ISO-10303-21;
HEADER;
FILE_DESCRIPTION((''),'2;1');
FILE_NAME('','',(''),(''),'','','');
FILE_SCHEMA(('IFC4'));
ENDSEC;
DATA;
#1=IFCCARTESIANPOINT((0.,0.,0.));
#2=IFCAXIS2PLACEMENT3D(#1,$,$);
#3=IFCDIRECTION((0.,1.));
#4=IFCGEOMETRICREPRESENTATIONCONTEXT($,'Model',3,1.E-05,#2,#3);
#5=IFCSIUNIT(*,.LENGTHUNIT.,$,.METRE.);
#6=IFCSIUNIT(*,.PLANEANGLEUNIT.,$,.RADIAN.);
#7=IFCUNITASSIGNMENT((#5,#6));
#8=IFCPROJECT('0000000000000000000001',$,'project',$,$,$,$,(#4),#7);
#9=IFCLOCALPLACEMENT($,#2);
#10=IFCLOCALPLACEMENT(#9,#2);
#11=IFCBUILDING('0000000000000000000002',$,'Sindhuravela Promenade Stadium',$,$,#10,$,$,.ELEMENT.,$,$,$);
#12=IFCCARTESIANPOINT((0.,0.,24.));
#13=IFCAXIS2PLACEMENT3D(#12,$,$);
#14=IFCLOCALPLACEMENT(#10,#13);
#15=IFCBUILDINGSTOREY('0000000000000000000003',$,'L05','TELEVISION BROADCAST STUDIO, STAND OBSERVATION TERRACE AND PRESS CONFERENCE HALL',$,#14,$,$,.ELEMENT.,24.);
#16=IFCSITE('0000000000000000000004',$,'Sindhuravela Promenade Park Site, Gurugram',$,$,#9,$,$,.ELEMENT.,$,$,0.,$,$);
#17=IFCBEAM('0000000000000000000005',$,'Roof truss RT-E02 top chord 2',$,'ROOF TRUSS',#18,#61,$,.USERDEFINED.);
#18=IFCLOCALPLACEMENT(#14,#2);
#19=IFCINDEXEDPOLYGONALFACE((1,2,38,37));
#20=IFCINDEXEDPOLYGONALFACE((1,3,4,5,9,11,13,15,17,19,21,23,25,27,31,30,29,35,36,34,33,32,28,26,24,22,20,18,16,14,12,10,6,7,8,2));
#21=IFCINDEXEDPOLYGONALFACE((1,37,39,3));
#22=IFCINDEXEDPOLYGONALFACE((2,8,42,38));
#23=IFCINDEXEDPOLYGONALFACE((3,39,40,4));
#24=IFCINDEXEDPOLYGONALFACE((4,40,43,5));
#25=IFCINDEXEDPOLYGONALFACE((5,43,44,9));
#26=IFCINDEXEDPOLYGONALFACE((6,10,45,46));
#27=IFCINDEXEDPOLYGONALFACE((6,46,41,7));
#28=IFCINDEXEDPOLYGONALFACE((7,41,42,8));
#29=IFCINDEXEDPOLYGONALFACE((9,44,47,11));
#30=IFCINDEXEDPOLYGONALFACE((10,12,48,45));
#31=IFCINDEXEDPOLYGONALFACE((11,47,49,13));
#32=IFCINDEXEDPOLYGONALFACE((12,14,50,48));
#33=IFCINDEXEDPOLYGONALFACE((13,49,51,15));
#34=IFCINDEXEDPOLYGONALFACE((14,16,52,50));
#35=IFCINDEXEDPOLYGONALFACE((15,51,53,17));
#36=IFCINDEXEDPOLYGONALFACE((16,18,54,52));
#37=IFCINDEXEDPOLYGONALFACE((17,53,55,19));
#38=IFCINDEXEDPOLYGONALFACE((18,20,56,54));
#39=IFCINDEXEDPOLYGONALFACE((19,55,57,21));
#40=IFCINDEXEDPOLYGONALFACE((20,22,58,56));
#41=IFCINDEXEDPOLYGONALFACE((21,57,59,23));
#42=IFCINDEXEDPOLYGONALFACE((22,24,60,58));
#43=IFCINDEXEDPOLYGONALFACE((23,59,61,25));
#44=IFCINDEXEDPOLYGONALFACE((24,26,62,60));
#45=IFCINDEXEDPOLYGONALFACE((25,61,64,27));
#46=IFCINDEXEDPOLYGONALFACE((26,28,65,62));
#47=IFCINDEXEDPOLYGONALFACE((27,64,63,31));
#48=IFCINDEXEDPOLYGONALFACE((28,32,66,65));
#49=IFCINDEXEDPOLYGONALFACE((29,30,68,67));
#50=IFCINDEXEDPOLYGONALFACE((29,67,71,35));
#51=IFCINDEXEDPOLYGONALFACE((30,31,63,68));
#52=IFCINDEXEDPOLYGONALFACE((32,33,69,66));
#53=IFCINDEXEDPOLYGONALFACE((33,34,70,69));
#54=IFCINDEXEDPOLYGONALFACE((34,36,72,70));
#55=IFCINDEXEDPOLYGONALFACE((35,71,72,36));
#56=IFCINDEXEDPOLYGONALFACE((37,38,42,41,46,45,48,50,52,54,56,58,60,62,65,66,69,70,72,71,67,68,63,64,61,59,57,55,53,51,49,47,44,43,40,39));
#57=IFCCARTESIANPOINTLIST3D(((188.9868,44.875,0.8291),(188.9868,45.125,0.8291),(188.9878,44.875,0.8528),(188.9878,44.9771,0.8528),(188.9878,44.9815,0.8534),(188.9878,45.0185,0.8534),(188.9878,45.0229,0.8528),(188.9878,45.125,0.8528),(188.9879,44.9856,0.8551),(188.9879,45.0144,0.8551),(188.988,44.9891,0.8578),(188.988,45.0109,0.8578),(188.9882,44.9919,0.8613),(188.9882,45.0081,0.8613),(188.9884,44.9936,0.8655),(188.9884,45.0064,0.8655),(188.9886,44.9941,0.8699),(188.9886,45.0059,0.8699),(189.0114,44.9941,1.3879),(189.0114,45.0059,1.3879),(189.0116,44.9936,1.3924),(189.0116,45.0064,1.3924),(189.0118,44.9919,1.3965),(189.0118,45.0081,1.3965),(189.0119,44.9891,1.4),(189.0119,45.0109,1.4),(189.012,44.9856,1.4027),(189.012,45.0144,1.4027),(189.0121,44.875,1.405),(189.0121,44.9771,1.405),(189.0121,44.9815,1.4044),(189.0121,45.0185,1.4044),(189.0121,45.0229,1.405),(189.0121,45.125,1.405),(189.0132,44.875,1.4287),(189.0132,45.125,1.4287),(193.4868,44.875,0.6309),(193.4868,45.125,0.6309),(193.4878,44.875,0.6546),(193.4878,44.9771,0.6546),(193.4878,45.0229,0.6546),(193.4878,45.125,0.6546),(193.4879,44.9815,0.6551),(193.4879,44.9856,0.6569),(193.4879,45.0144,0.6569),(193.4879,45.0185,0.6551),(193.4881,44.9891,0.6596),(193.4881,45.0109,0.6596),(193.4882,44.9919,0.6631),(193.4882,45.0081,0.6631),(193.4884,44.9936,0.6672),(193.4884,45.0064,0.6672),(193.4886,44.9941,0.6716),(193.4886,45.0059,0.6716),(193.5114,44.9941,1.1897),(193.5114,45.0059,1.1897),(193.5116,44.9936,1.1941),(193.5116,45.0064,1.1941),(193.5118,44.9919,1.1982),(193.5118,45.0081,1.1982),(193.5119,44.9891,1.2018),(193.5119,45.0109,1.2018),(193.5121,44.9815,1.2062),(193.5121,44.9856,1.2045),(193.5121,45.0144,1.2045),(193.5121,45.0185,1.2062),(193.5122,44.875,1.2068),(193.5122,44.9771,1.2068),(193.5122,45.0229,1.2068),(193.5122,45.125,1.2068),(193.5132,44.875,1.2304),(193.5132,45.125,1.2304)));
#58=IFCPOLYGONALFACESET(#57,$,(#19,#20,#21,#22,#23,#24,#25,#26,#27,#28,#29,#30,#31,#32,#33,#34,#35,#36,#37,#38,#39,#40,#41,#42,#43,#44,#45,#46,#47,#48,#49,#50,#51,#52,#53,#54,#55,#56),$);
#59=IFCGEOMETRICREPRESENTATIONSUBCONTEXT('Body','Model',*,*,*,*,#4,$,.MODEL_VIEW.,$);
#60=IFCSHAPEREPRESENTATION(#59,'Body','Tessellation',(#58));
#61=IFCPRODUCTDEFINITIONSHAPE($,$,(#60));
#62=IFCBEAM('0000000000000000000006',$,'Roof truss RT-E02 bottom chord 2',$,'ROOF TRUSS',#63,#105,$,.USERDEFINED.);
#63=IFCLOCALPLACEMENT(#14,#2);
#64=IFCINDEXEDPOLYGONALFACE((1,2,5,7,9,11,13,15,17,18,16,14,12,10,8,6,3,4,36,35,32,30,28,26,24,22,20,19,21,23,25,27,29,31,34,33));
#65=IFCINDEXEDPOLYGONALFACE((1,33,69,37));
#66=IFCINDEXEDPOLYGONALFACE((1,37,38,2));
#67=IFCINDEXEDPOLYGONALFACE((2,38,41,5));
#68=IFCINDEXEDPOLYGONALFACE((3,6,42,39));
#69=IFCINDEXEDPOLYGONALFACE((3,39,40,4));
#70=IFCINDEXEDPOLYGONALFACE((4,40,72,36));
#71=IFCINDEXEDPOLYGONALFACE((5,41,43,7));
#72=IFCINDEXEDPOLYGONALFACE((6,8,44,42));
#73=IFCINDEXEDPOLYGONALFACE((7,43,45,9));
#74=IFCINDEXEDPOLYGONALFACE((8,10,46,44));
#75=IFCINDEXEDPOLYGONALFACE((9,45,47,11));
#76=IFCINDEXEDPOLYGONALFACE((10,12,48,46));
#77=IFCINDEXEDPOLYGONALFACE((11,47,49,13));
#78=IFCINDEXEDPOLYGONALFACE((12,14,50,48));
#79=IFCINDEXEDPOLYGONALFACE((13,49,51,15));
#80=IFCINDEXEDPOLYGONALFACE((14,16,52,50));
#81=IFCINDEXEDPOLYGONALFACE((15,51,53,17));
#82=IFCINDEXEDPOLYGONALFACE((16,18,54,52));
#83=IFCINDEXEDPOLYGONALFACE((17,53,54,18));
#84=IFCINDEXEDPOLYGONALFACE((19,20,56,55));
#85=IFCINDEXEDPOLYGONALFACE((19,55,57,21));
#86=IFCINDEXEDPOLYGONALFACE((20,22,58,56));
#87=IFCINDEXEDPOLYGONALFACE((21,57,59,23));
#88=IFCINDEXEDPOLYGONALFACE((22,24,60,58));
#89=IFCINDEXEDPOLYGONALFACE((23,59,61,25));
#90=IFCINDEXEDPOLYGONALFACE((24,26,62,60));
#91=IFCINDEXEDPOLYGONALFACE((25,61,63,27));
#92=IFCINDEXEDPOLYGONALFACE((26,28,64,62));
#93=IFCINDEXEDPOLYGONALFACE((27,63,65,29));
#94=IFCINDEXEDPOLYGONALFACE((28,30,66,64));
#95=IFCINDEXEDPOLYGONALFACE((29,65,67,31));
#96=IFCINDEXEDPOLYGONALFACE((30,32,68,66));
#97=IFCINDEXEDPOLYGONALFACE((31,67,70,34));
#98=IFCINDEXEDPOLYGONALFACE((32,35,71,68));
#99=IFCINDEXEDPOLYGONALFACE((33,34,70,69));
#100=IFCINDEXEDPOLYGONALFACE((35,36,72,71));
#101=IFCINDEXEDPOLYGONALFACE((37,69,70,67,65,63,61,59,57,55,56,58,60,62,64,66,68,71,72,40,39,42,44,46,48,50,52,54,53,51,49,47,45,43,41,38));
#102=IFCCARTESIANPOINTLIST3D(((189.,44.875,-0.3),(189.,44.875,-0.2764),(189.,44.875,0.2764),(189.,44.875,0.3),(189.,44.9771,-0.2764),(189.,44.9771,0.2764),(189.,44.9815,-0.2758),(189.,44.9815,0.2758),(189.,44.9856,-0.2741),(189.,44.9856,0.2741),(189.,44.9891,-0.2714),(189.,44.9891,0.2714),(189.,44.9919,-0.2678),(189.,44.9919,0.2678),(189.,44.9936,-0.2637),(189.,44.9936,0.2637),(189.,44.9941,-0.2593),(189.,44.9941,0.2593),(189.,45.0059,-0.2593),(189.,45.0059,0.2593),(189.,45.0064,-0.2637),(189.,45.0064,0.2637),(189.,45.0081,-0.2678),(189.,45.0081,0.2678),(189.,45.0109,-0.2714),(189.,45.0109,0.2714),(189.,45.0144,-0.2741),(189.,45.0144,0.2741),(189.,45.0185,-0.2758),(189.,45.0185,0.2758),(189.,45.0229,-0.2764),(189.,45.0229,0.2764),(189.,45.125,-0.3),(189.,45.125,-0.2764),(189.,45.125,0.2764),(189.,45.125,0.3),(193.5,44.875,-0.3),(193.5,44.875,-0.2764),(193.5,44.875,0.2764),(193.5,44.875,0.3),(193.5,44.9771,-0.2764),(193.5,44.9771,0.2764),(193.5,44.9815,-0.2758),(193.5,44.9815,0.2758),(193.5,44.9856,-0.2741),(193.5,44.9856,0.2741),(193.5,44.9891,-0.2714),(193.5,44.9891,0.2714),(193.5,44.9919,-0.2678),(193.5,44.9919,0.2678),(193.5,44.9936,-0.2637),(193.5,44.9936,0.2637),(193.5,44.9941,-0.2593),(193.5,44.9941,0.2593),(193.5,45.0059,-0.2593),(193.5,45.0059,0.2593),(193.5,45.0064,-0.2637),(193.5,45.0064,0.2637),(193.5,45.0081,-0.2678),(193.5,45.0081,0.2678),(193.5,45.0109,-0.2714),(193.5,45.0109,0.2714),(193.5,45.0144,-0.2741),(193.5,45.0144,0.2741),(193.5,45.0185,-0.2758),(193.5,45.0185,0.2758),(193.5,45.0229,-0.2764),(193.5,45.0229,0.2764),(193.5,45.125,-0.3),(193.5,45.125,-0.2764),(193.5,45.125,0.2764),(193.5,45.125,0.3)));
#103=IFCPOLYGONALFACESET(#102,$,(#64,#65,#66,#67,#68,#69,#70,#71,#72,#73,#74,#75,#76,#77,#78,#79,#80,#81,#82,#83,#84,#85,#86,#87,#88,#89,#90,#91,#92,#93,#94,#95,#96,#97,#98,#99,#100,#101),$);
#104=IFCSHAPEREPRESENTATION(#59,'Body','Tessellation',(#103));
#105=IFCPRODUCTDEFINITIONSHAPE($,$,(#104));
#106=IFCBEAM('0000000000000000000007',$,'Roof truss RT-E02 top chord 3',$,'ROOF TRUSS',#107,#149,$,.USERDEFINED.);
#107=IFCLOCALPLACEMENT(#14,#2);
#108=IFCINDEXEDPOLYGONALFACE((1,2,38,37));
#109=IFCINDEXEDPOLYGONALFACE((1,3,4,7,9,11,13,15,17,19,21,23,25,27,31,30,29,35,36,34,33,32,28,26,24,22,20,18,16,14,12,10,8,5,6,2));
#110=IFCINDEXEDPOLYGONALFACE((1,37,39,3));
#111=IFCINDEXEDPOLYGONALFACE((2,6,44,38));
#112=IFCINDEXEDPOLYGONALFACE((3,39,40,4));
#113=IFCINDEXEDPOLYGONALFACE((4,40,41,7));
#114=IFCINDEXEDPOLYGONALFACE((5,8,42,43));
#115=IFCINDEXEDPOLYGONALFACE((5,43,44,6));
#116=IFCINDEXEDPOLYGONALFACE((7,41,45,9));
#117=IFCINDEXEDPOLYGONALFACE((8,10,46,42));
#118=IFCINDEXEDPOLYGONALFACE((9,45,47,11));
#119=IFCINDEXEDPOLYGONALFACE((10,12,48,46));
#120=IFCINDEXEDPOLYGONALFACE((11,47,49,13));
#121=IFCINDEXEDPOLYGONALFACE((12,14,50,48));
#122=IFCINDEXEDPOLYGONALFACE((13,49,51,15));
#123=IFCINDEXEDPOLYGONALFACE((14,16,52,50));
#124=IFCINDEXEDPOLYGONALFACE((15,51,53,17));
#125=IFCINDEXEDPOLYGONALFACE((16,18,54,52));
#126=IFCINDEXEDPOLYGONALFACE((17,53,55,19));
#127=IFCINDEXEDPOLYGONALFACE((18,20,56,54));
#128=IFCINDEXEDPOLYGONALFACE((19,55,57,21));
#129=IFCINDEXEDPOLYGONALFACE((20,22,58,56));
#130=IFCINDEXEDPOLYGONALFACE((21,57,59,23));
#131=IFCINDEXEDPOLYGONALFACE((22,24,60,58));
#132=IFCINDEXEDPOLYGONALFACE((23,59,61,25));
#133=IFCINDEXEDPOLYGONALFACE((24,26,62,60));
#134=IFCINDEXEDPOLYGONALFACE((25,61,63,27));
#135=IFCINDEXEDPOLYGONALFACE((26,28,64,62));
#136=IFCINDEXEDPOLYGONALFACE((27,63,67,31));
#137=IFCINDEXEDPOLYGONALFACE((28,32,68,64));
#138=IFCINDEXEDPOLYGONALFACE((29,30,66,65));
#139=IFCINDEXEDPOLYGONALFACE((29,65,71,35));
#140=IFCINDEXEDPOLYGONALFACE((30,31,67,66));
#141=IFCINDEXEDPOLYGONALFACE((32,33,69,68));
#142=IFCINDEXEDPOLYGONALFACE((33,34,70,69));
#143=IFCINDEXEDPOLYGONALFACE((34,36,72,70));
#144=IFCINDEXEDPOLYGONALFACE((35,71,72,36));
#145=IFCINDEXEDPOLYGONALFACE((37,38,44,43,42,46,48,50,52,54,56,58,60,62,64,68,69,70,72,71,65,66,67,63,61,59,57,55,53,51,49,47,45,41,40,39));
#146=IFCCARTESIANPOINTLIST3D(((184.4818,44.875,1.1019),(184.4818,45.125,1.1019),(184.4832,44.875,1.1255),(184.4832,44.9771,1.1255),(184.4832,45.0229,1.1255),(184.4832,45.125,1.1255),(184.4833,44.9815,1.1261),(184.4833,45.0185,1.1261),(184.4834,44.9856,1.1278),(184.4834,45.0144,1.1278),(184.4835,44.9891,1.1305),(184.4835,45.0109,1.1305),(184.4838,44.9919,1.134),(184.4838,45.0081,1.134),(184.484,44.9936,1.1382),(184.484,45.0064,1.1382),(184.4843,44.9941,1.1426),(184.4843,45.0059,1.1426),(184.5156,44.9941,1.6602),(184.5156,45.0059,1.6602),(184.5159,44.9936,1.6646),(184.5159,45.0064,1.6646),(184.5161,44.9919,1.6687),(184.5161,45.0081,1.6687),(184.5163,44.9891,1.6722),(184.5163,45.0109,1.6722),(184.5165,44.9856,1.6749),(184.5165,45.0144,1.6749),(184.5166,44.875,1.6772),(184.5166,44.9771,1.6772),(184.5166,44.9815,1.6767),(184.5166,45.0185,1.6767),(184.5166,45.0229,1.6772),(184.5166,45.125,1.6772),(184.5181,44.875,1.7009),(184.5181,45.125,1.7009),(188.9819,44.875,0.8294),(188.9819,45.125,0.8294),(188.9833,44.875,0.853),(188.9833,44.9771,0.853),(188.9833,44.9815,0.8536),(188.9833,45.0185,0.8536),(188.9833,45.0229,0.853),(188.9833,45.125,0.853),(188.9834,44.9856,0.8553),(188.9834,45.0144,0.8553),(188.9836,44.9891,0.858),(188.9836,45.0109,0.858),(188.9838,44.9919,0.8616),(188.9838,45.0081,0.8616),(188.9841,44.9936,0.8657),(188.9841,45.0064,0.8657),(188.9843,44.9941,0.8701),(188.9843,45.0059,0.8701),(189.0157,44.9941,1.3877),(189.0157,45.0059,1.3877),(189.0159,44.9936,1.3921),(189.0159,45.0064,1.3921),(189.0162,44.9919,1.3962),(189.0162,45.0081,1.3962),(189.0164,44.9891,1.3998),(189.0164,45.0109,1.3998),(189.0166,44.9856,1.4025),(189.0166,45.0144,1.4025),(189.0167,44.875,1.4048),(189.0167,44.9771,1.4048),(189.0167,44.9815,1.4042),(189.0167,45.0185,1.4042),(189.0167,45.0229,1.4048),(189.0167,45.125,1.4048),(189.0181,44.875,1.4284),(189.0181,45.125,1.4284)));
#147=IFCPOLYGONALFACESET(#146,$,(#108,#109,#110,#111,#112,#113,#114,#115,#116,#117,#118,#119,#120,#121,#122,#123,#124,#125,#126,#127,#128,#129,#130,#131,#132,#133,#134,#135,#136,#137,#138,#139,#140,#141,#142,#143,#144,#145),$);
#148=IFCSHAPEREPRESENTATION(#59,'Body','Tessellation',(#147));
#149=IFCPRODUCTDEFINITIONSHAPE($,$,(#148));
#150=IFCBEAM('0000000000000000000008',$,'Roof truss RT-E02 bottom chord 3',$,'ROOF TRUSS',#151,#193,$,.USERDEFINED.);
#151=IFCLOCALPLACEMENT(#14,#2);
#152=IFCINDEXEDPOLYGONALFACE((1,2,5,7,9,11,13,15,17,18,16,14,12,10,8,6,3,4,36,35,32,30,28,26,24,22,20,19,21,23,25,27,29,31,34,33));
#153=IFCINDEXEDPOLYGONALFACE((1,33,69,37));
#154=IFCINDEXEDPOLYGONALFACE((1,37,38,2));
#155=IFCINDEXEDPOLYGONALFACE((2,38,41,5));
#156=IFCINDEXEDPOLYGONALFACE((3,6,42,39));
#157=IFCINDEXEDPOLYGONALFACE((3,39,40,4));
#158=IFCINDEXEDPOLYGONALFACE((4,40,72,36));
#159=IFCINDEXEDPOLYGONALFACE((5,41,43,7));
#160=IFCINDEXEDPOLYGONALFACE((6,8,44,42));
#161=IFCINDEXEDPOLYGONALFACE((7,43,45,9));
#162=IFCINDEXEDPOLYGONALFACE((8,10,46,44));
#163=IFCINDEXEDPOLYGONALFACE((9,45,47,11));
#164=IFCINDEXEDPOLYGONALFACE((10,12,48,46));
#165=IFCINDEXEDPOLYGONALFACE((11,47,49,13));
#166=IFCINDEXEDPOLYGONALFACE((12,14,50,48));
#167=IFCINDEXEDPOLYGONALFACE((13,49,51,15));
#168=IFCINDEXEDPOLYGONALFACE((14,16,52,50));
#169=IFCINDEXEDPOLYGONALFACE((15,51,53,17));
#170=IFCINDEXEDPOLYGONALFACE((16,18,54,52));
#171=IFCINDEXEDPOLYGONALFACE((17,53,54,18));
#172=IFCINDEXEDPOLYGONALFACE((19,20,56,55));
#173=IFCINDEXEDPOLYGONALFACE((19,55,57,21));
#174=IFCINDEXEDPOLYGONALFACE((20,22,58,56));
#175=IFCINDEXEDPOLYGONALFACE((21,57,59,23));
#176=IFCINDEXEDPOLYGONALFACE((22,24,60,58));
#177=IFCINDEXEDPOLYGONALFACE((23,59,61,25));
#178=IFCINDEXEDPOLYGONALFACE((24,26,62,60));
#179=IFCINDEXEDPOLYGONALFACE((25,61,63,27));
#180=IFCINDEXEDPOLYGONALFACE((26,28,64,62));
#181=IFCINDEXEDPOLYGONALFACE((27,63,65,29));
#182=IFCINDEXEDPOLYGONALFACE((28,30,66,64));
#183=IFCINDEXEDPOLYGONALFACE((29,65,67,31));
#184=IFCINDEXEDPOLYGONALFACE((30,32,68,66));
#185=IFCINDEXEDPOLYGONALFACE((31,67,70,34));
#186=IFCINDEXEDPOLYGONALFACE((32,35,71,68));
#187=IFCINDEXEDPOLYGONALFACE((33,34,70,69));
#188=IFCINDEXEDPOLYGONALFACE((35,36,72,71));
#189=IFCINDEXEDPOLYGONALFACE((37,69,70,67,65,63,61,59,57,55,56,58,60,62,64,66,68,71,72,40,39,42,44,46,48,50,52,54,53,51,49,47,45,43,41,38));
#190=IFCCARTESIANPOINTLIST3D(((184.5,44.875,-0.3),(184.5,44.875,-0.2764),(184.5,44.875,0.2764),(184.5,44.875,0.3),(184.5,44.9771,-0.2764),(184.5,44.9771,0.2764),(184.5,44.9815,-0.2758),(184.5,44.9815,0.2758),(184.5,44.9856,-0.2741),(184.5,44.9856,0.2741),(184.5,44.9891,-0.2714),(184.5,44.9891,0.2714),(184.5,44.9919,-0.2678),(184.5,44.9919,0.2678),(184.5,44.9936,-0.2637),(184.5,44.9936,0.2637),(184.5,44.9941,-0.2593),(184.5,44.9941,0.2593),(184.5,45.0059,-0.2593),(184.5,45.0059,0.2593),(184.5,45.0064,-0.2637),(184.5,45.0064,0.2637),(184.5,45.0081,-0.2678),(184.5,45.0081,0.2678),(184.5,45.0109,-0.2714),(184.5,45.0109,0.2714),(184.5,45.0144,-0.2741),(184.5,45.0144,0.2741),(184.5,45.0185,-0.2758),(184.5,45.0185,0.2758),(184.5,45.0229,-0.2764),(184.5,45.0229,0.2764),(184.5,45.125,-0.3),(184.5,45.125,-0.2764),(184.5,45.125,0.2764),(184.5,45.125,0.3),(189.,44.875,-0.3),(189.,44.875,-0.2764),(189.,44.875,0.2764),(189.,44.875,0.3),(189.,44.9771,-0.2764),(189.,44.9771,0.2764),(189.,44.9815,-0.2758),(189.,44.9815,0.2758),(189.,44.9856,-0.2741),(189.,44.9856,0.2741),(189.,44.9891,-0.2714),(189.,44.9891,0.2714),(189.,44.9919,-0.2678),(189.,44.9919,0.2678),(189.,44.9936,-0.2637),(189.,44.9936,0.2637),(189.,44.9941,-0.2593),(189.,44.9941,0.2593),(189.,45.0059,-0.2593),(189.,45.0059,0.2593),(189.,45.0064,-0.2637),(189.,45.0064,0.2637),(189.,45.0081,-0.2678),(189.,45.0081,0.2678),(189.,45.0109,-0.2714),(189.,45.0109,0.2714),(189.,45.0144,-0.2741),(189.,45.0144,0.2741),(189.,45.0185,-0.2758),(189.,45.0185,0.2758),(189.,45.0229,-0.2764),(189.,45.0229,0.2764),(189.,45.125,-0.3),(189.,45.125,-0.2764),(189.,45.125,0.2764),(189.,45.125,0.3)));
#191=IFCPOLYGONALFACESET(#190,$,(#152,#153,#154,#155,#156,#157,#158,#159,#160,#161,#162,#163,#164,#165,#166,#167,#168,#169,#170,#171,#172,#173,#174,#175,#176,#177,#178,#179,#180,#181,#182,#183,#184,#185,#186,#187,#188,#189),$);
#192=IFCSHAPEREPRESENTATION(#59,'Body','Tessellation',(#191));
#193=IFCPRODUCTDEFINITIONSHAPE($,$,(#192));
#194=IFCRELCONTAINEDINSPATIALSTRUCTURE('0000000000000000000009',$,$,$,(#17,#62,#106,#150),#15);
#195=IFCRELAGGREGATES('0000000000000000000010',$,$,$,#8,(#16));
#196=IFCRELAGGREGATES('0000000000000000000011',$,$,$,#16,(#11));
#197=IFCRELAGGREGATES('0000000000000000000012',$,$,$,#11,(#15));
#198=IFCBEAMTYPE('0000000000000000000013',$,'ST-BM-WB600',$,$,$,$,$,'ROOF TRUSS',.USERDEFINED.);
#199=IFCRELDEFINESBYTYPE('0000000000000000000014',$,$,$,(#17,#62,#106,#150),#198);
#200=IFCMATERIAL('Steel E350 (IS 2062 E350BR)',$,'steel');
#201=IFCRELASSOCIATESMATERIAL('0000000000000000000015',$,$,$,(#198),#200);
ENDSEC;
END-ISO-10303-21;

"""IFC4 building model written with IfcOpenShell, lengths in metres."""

from ifc_helpers import new_model, si_unit, direction, frame, origin, origin_2d, place, context, subcontext, project, spatial, i_section, extrude, material, material_profile, profile_set, type_object, element, save


model = new_model("IFC4")

# Units and contexts
model_context = context("Model", 3, precision=1e-05, world=origin(), true_north=direction((0.0, 1.0)))
body_context = subcontext(model_context, "Body", "Model", "MODEL_VIEW")
ifc_project = project(units=[si_unit("LENGTHUNIT", "METRE"), si_unit("PLANEANGLEUNIT", "RADIAN")], contexts=[model_context])

# Site, building, storey
site_placement = place(None, origin())
site = spatial("IfcSite", under=ifc_project, at=site_placement, Name="Sindhuravela Promenade Park Site, Gurugram", CompositionType="ELEMENT", RefElevation=0.0)
building_placement = place(site_placement, origin())
building = spatial("IfcBuilding", under=site, at=building_placement, Name="Sindhuravela Promenade Stadium", CompositionType="ELEMENT")
storey_placement = place(building_placement, frame((0.0, 0.0, 24.0)))
storey = spatial("IfcBuildingStorey", under=building, at=storey_placement, Name="L05", Description="TELEVISION BROADCAST STUDIO, STAND OBSERVATION TERRACE AND PRESS CONFERENCE HALL", CompositionType="ELEMENT", Elevation=24.0)

# Beams
ifc_material_1 = material(Name="Steel E350 (IS 2062 E350BR)", Category="steel")
ifc_material_profile_1 = material_profile(ifc_material_1, i_section(OverallWidth=0.25, OverallDepth=0.6001, WebThickness=0.0117, FlangeThickness=0.0237, FilletRadius=0.0171, at=origin_2d()), Name="ISWB 600")
ifc_profile_set_1 = profile_set([ifc_material_profile_1], Name="Steel E350 (IS 2062 E350BR)")
beam_type_1 = type_object("IfcBeamType", Name="ST-BM-WB600", ElementType="ROOF TRUSS", PredefinedType="USERDEFINED", material=ifc_profile_set_1)
beam_1_placement = place(storey_placement, frame((193.5, 45.0, 0.9307), z_axis=(-0.999031, 0.0, 0.044011), x_axis=(0.0, -1.0, 0.0)))
element("IfcBeam", 1, at=beam_1_placement, inside=storey, type_object=beam_type_1, Name="Roof truss RT-E02 top chord 2", ObjectType="ROOF TRUSS", PredefinedType="USERDEFINED", context=body_context, shape_type="SweptSolid", body=[
    extrude(i_section(OverallWidth=0.25, OverallDepth=0.6001, WebThickness=0.0117, FlangeThickness=0.0237, FilletRadius=0.0171, at=origin_2d()), origin(), (0.0, 0.0, 1.0), 4.5044),
])
beam_2_placement = place(storey_placement, frame((193.5, 45.0, 0.0), z_axis=(-1.0, 0.0, 0.0), x_axis=(0.0, -1.0, 0.0)))
element("IfcBeam", 2, at=beam_2_placement, inside=storey, type_object=beam_type_1, Name="Roof truss RT-E02 bottom chord 2", ObjectType="ROOF TRUSS", PredefinedType="USERDEFINED", context=body_context, shape_type="SweptSolid", body=[
    extrude(i_section(OverallWidth=0.25, OverallDepth=0.6001, WebThickness=0.0117, FlangeThickness=0.0237, FilletRadius=0.0171, at=origin_2d()), origin(), (0.0, 0.0, 1.0), 4.5),
])
beam_3_placement = place(storey_placement, frame((189.0, 45.0, 1.1289), z_axis=(-0.998172, 0.0, 0.060436), x_axis=(0.0, -1.0, 0.0)))
element("IfcBeam", 3, at=beam_3_placement, inside=storey, type_object=beam_type_1, Name="Roof truss RT-E02 top chord 3", ObjectType="ROOF TRUSS", PredefinedType="USERDEFINED", context=body_context, shape_type="SweptSolid", body=[
    extrude(i_section(OverallWidth=0.25, OverallDepth=0.6001, WebThickness=0.0117, FlangeThickness=0.0237, FilletRadius=0.0171, at=origin_2d()), origin(), (0.0, 0.0, 1.0), 4.5083),
])
beam_4_placement = place(storey_placement, frame((189.0, 45.0, 0.0), z_axis=(-1.0, 0.0, 0.0), x_axis=(0.0, -1.0, 0.0)))
element("IfcBeam", 4, at=beam_4_placement, inside=storey, type_object=beam_type_1, Name="Roof truss RT-E02 bottom chord 3", ObjectType="ROOF TRUSS", PredefinedType="USERDEFINED", context=body_context, shape_type="SweptSolid", body=[
    extrude(i_section(OverallWidth=0.25, OverallDepth=0.6001, WebThickness=0.0117, FlangeThickness=0.0237, FilletRadius=0.0171, at=origin_2d()), origin(), (0.0, 0.0, 1.0), 4.5),
])

save(model, "model.ifc")
